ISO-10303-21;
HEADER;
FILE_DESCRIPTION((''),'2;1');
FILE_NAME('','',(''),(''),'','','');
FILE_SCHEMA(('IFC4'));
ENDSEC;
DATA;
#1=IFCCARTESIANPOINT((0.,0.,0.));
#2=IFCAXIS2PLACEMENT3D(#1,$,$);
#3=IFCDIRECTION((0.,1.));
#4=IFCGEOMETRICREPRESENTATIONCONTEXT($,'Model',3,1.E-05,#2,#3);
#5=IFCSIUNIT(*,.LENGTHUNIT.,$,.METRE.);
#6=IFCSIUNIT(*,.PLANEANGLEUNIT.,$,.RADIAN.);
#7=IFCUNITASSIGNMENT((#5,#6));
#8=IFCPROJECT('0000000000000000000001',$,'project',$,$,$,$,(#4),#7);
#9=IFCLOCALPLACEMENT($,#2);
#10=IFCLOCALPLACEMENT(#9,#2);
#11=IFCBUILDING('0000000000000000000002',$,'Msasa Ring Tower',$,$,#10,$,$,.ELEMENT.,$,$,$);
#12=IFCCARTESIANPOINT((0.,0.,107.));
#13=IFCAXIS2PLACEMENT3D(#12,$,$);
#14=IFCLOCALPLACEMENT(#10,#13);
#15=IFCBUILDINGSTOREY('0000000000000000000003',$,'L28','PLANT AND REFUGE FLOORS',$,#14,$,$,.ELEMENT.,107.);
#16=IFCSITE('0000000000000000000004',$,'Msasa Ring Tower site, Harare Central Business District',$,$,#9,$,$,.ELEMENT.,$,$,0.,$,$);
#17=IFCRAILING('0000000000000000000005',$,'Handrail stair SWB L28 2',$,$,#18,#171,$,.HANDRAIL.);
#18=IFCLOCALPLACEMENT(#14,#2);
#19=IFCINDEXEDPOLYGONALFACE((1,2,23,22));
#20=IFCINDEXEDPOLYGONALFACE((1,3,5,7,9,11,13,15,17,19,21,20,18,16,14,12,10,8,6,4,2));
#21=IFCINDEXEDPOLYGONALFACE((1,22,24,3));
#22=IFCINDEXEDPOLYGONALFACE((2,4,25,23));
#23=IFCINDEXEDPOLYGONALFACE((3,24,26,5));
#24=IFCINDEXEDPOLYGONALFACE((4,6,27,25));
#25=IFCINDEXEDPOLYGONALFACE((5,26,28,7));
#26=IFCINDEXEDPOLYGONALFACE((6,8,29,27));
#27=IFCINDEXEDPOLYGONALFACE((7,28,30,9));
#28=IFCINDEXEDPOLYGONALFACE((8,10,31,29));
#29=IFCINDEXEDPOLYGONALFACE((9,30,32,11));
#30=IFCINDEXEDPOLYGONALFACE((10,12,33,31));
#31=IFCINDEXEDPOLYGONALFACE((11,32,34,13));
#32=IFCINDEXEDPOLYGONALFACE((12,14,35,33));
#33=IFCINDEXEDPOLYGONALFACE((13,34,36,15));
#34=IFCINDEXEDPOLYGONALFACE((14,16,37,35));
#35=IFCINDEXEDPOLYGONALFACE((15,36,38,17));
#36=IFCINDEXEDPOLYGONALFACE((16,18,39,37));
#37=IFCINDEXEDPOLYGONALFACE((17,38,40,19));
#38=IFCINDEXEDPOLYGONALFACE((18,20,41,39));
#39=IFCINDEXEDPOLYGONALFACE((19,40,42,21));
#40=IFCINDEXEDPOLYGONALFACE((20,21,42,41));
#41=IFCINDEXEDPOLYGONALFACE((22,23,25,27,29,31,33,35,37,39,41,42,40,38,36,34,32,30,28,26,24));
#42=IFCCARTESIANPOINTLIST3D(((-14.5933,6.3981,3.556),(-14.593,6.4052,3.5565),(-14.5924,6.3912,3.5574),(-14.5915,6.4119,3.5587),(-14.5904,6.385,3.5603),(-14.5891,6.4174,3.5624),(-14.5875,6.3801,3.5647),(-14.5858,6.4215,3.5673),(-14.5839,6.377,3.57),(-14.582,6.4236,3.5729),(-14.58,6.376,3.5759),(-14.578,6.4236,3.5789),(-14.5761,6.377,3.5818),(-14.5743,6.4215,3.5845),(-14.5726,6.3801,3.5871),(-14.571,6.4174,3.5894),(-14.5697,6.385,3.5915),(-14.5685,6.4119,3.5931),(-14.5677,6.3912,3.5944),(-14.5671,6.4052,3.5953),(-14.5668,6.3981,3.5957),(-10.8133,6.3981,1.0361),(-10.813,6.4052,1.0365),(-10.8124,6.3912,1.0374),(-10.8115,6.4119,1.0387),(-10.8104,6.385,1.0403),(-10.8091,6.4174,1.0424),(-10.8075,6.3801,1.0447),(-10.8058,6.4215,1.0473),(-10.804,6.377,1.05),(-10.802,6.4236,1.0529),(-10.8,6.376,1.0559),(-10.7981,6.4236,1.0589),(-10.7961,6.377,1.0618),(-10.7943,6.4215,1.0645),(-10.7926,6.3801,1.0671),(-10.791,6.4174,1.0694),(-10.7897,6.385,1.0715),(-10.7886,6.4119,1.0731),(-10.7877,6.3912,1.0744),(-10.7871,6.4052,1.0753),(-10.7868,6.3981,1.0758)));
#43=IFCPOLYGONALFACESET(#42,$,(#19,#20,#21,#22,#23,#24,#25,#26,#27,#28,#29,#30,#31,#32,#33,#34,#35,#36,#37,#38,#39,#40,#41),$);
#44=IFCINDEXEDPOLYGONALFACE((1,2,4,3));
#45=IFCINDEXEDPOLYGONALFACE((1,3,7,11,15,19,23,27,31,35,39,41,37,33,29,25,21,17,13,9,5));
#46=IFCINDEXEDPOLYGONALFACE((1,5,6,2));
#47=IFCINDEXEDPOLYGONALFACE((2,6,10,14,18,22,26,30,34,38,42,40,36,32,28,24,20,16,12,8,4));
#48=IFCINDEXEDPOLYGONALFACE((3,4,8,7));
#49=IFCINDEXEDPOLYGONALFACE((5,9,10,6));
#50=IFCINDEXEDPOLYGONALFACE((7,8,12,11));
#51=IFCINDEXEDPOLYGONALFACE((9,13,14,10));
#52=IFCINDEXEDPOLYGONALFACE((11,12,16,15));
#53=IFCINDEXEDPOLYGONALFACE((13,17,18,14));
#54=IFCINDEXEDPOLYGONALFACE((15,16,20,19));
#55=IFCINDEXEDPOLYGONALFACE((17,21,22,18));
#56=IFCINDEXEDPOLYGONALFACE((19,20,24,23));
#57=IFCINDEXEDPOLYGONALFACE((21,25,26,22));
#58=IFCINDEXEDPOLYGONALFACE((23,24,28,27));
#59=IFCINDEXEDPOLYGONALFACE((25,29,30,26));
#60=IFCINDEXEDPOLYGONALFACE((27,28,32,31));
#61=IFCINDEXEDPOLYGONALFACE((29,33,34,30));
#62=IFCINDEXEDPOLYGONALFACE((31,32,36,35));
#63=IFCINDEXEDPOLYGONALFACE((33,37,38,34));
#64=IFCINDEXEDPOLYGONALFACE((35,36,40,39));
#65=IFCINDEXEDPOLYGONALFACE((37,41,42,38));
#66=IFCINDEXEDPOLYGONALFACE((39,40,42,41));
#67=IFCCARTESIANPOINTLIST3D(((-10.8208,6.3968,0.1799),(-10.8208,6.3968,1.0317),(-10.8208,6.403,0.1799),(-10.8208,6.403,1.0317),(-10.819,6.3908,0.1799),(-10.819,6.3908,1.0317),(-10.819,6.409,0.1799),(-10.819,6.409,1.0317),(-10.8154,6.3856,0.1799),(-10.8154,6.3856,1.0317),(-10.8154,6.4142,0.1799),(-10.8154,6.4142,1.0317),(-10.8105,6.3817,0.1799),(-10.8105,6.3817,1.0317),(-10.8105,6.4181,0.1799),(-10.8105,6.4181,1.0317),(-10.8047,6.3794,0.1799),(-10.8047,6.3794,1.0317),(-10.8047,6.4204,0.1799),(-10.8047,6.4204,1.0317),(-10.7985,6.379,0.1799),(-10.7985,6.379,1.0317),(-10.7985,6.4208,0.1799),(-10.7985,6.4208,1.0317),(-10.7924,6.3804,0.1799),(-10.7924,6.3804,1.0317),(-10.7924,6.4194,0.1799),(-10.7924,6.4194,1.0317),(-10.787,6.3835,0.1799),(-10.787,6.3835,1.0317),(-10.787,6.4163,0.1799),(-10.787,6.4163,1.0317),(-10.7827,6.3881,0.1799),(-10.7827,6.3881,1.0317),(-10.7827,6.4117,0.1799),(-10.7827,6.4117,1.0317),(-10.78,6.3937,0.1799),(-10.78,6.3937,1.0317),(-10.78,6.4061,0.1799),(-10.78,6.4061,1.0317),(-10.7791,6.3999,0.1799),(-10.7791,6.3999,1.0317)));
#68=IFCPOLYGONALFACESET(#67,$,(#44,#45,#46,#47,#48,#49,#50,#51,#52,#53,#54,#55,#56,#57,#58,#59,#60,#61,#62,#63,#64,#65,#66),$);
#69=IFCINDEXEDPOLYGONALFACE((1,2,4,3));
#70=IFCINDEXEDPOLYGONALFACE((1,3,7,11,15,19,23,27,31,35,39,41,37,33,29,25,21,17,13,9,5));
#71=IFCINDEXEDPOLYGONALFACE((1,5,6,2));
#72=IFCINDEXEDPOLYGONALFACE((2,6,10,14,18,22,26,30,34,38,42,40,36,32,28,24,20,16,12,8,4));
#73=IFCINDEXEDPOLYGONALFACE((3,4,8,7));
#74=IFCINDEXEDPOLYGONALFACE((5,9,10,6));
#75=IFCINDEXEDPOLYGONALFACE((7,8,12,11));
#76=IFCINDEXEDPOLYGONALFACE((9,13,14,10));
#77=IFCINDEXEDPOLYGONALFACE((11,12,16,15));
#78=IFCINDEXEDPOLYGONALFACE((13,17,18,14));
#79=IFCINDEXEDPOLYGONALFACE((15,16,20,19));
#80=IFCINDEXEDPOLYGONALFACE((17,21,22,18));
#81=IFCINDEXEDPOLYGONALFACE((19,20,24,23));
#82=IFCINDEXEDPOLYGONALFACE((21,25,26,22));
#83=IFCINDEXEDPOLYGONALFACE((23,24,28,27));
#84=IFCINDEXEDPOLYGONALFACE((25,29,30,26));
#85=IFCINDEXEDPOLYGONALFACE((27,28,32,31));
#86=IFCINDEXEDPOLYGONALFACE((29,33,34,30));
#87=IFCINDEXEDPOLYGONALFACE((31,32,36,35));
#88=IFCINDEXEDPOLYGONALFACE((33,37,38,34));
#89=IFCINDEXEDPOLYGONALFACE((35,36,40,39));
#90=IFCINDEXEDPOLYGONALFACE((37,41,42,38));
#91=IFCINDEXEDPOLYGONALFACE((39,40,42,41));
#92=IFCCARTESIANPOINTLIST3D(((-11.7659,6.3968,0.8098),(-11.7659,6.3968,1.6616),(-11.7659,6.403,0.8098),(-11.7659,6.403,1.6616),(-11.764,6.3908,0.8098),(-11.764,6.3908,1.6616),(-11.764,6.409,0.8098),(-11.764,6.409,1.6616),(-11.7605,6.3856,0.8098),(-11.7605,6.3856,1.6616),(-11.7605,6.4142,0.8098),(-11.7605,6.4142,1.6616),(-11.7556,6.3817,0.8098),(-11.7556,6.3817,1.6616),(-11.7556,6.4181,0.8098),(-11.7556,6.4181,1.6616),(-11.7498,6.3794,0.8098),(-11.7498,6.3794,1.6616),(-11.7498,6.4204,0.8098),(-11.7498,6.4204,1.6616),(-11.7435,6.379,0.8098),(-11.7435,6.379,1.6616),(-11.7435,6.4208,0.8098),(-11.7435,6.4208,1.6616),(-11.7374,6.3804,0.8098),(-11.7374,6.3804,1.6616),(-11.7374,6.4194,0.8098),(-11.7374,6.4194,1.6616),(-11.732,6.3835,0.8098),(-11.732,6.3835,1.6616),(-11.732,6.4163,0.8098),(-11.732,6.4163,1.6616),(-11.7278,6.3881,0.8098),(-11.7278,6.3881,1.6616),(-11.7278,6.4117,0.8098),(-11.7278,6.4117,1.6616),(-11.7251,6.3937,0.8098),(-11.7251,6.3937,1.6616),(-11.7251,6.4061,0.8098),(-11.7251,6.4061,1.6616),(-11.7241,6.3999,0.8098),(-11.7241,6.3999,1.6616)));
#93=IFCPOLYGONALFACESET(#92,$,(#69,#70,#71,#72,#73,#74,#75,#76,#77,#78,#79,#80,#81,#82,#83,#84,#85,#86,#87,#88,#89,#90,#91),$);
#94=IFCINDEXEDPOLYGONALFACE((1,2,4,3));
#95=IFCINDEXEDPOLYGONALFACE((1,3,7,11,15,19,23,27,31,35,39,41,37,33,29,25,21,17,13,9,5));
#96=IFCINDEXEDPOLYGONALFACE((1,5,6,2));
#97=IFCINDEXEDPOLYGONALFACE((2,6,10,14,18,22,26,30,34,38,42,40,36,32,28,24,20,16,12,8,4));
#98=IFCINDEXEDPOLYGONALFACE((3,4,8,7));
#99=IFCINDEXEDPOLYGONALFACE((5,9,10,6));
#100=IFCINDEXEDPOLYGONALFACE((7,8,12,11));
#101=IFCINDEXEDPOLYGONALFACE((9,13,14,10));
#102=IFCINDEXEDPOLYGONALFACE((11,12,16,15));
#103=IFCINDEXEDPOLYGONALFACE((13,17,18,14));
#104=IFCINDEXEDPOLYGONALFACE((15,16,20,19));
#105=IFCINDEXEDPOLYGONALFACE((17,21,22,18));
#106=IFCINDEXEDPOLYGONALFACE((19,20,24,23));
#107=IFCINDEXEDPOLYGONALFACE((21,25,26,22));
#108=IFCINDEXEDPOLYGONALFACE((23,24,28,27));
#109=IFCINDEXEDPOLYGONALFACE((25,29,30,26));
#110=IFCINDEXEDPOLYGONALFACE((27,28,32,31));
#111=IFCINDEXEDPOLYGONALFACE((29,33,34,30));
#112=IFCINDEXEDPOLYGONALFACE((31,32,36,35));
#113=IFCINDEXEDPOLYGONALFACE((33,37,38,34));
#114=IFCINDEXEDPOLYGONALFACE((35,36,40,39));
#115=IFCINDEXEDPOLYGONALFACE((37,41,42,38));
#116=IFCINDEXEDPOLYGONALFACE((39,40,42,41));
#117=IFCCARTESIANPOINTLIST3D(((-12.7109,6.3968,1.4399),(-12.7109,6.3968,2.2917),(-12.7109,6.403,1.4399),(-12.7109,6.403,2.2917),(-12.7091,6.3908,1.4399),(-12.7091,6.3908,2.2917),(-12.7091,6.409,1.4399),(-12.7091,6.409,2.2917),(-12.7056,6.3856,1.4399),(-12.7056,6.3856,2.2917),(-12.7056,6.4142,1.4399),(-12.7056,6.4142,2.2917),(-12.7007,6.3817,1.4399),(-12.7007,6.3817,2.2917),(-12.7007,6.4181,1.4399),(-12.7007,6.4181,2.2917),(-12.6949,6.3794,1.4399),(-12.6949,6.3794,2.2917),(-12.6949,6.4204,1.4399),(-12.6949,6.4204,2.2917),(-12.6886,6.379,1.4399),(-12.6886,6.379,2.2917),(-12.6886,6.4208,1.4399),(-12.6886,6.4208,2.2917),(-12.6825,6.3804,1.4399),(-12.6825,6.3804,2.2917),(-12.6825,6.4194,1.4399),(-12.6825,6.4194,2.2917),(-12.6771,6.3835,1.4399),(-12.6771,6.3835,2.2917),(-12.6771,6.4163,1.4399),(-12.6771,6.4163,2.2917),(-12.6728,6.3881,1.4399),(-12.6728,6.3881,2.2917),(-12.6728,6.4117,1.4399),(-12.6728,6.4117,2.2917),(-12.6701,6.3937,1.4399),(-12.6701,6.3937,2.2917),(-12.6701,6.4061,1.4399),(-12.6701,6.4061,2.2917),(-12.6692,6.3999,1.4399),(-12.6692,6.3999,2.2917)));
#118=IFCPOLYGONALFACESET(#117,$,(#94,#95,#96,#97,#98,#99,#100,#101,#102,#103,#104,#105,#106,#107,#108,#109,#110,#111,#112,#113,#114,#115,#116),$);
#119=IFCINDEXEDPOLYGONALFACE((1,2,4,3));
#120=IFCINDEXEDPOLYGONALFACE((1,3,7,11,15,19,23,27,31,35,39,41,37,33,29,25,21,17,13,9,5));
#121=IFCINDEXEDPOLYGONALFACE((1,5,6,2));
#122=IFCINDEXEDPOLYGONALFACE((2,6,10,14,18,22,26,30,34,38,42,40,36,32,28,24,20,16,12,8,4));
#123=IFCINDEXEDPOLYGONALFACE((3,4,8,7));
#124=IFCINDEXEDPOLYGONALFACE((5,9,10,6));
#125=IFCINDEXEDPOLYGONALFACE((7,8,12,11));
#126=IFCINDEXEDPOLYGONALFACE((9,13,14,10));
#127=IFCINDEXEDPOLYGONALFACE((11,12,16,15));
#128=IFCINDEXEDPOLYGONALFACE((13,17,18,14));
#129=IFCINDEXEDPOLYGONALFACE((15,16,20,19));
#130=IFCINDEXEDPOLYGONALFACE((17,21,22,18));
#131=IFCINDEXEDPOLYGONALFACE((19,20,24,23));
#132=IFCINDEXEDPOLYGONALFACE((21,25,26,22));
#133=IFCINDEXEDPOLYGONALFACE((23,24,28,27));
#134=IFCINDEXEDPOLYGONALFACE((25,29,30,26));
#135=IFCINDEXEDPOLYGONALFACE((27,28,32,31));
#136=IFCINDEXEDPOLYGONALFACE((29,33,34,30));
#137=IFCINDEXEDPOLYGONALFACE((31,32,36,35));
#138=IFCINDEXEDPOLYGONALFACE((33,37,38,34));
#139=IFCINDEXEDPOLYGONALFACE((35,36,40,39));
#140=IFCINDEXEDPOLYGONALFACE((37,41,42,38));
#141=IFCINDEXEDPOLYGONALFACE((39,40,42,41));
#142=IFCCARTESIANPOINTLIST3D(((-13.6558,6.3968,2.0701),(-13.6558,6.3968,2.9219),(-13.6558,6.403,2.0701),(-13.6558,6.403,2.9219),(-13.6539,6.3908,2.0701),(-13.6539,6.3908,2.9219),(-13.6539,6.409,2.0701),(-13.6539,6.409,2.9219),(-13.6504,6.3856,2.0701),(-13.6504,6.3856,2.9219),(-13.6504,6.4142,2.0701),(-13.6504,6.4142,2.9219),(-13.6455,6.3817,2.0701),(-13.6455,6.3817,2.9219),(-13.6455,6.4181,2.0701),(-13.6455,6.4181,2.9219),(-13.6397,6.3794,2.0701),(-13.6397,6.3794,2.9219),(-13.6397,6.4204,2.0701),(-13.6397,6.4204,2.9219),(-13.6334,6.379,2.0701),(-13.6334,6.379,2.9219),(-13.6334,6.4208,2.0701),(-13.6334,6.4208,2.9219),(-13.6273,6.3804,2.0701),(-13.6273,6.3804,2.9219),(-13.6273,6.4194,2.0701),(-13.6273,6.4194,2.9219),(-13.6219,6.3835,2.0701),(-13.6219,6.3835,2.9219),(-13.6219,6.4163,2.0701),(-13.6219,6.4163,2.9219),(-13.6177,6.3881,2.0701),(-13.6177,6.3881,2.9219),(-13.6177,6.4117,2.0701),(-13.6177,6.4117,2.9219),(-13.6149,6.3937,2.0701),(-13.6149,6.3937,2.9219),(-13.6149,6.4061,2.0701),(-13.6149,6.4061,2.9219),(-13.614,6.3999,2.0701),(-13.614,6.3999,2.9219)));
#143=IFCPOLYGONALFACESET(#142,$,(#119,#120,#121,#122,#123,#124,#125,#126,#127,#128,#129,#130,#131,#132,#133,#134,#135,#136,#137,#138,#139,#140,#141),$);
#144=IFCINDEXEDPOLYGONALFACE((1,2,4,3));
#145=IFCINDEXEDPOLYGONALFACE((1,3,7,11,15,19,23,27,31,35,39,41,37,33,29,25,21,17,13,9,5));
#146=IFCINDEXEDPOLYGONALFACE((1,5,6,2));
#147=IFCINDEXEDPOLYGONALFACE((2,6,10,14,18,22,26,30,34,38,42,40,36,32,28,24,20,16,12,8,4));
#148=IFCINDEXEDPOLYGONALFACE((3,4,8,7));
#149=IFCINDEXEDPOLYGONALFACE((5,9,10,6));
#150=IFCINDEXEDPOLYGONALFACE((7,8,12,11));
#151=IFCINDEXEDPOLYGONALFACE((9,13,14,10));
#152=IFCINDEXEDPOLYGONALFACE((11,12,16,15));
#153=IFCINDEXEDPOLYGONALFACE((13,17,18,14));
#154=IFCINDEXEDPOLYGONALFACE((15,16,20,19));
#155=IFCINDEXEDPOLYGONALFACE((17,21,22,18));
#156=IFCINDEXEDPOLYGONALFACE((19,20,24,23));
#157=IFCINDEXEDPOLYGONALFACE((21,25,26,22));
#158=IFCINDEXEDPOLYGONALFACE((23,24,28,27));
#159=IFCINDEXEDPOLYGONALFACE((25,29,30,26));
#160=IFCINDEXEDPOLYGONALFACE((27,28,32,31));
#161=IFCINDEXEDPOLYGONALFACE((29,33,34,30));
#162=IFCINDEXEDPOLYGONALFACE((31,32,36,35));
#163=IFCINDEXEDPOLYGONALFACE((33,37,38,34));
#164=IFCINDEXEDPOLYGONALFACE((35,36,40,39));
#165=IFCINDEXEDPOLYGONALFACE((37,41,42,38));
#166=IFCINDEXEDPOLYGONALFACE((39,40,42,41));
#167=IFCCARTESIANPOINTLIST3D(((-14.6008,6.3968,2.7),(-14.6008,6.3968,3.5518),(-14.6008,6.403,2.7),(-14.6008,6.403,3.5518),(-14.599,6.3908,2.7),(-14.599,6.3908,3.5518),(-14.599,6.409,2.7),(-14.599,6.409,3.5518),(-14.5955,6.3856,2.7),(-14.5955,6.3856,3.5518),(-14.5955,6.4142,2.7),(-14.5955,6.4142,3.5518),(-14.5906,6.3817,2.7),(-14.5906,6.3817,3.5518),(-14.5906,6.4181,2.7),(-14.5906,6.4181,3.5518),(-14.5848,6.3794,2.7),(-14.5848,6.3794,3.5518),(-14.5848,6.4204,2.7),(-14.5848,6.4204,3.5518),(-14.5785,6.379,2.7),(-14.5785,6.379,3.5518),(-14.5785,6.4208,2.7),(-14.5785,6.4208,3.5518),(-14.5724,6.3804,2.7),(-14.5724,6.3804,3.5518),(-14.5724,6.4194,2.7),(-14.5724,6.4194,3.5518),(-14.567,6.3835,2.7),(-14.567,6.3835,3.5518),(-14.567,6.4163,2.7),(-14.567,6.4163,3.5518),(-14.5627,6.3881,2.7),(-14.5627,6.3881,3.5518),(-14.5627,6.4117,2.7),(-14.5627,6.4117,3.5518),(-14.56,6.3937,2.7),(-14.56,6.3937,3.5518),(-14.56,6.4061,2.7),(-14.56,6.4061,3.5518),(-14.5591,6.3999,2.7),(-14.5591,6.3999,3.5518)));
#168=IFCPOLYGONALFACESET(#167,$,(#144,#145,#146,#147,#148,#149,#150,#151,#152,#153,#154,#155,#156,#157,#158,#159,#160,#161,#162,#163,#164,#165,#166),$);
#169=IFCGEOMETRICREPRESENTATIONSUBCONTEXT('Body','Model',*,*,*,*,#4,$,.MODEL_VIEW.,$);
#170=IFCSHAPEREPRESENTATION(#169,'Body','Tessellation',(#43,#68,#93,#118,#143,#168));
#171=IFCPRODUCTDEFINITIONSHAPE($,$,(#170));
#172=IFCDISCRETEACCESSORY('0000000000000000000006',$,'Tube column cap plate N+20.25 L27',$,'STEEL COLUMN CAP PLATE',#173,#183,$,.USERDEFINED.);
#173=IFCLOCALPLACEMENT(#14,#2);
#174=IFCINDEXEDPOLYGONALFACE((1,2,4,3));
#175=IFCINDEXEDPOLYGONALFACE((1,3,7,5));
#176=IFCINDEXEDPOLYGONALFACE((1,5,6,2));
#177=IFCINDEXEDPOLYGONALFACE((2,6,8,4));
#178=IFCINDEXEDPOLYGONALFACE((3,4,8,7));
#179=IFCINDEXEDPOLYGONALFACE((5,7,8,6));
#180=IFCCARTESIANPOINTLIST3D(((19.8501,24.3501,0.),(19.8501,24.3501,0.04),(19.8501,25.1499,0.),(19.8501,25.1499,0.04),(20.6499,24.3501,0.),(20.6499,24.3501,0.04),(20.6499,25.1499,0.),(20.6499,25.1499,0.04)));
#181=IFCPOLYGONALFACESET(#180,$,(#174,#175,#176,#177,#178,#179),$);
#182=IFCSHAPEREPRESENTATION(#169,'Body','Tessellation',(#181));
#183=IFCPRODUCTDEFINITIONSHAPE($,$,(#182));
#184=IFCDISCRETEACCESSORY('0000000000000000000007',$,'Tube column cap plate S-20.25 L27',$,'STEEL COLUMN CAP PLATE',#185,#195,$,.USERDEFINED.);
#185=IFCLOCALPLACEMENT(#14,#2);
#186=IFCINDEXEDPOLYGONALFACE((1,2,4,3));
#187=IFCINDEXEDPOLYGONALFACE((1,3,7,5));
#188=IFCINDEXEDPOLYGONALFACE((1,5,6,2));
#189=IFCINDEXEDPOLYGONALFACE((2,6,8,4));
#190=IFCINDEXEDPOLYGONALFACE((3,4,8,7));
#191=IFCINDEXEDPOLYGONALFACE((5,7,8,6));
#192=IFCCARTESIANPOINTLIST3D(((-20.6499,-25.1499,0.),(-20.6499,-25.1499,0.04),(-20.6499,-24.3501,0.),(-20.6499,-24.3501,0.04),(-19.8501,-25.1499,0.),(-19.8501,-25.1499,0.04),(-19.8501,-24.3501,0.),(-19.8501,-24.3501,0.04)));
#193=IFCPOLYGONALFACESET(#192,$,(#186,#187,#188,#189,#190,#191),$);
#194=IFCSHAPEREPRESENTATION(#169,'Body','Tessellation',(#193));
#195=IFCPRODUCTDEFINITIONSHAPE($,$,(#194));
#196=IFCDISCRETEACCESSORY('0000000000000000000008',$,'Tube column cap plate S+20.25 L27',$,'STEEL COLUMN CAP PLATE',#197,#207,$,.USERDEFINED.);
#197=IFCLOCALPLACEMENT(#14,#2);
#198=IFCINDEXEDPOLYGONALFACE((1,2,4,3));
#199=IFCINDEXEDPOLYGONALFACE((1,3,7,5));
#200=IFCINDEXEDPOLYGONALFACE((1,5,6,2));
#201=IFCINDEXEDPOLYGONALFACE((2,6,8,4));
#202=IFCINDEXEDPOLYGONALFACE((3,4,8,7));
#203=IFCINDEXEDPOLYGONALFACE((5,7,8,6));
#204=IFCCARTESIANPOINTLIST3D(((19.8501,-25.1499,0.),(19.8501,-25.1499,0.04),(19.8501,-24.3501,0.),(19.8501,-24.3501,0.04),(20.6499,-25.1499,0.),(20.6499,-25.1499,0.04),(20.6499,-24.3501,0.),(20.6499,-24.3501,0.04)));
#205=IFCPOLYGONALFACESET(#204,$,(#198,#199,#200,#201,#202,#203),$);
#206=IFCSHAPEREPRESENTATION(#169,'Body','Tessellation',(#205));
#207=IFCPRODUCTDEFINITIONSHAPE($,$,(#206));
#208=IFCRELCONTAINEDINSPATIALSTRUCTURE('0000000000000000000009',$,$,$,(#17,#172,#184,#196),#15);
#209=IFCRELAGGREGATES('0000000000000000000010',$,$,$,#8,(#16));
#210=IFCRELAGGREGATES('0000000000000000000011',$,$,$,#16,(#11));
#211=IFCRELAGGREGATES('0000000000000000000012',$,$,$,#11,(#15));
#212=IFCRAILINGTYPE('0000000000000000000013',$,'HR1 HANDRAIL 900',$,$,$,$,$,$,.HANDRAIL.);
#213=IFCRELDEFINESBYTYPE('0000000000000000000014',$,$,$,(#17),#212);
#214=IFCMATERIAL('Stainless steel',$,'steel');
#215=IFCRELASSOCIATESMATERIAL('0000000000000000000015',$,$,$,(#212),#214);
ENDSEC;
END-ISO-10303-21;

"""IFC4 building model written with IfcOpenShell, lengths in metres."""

from ifc_helpers import new_model, si_unit, direction, frame, origin, origin_2d, place, context, subcontext, project, spatial, polyline, circle, outline, extrude, material, type_object, element, save


model = new_model("IFC4")

# Units and contexts
model_context = context("Model", 3, precision=1e-05, world=origin(), true_north=direction((0.0, 1.0)))
body_context = subcontext(model_context, "Body", "Model", "MODEL_VIEW")
ifc_project = project(units=[si_unit("LENGTHUNIT", "METRE"), si_unit("PLANEANGLEUNIT", "RADIAN")], contexts=[model_context])

# Site, building, storey
site_placement = place(None, origin())
site = spatial("IfcSite", under=ifc_project, at=site_placement, Name="Msasa Ring Tower site, Harare Central Business District", CompositionType="ELEMENT", RefElevation=0.0)
building_placement = place(site_placement, origin())
building = spatial("IfcBuilding", under=site, at=building_placement, Name="Msasa Ring Tower", CompositionType="ELEMENT")
storey_placement = place(building_placement, frame((0.0, 0.0, 107.0)))
storey = spatial("IfcBuildingStorey", under=building, at=storey_placement, Name="L28", Description="PLANT AND REFUGE FLOORS", CompositionType="ELEMENT", Elevation=107.0)

# Railing
ifc_material_1 = material(Name="Stainless steel", Category="steel")
railing_type_1 = type_object("IfcRailingType", Name="HR1 HANDRAIL 900", PredefinedType="HANDRAIL", material=ifc_material_1)
for number, where, name in (
    (1, (-10.8, 6.3999, 0.1799), "Handrail stair SWB L28 2"),
):
    element("IfcRailing", number, at=place(storey_placement, frame(where)), inside=storey, type_object=railing_type_1, Name=name, PredefinedType="HANDRAIL", context=body_context, shape_type="SweptSolid", body=[
        extrude(circle(Radius=0.0239, at=origin_2d()), frame((0.0, 0.0, 0.876), z_axis=(-0.83205, 0.0, 0.5547), x_axis=(0.0, -1.0, 0.0)), (0.0, 0.0, 1.0), 4.543),
        extrude(circle(Radius=0.021, at=origin_2d()), origin(), (0.0, 0.0, 1.0), 0.8518),
        extrude(circle(Radius=0.021, at=origin_2d()), frame((-0.9451, 0.0, 0.6299)), (0.0, 0.0, 1.0), 0.8518),
        extrude(circle(Radius=0.021, at=origin_2d()), frame((-1.8901, 0.0, 1.26)), (0.0, 0.0, 1.0), 0.8518),
        extrude(circle(Radius=0.021, at=origin_2d()), frame((-2.835, 0.0, 1.8901)), (0.0, 0.0, 1.0), 0.8518),
        extrude(circle(Radius=0.021, at=origin_2d()), frame((-3.78, 0.0, 2.52)), (0.0, 0.0, 1.0), 0.8518),
    ])

# Discrete accessories
discrete_accessory_1_placement = place(storey_placement, origin())
element("IfcDiscreteAccessory", 2, at=discrete_accessory_1_placement, inside=storey, Name="Tube column cap plate N+20.25 L27", ObjectType="STEEL COLUMN CAP PLATE", PredefinedType="USERDEFINED", context=body_context, shape_type="SweptSolid", body=[
    extrude(outline(polyline([(19.8501, 24.3501), (20.6499, 24.3501), (20.6499, 25.1499), (19.8501, 25.1499), (19.8501, 24.3501)])), origin(), (0.0, 0.0, 1.0), 0.04),
])
discrete_accessory_2_placement = place(storey_placement, origin())
element("IfcDiscreteAccessory", 3, at=discrete_accessory_2_placement, inside=storey, Name="Tube column cap plate S-20.25 L27", ObjectType="STEEL COLUMN CAP PLATE", PredefinedType="USERDEFINED", context=body_context, shape_type="SweptSolid", body=[
    extrude(outline(polyline([(-20.6499, -25.1499), (-19.8501, -25.1499), (-19.8501, -24.3501), (-20.6499, -24.3501), (-20.6499, -25.1499)])), origin(), (0.0, 0.0, 1.0), 0.04),
])
discrete_accessory_3_placement = place(storey_placement, origin())
element("IfcDiscreteAccessory", 4, at=discrete_accessory_3_placement, inside=storey, Name="Tube column cap plate S+20.25 L27", ObjectType="STEEL COLUMN CAP PLATE", PredefinedType="USERDEFINED", context=body_context, shape_type="SweptSolid", body=[
    extrude(outline(polyline([(19.8501, -25.1499), (20.6499, -25.1499), (20.6499, -24.3501), (19.8501, -24.3501), (19.8501, -25.1499)])), origin(), (0.0, 0.0, 1.0), 0.04),
])

save(model, "model.ifc")
